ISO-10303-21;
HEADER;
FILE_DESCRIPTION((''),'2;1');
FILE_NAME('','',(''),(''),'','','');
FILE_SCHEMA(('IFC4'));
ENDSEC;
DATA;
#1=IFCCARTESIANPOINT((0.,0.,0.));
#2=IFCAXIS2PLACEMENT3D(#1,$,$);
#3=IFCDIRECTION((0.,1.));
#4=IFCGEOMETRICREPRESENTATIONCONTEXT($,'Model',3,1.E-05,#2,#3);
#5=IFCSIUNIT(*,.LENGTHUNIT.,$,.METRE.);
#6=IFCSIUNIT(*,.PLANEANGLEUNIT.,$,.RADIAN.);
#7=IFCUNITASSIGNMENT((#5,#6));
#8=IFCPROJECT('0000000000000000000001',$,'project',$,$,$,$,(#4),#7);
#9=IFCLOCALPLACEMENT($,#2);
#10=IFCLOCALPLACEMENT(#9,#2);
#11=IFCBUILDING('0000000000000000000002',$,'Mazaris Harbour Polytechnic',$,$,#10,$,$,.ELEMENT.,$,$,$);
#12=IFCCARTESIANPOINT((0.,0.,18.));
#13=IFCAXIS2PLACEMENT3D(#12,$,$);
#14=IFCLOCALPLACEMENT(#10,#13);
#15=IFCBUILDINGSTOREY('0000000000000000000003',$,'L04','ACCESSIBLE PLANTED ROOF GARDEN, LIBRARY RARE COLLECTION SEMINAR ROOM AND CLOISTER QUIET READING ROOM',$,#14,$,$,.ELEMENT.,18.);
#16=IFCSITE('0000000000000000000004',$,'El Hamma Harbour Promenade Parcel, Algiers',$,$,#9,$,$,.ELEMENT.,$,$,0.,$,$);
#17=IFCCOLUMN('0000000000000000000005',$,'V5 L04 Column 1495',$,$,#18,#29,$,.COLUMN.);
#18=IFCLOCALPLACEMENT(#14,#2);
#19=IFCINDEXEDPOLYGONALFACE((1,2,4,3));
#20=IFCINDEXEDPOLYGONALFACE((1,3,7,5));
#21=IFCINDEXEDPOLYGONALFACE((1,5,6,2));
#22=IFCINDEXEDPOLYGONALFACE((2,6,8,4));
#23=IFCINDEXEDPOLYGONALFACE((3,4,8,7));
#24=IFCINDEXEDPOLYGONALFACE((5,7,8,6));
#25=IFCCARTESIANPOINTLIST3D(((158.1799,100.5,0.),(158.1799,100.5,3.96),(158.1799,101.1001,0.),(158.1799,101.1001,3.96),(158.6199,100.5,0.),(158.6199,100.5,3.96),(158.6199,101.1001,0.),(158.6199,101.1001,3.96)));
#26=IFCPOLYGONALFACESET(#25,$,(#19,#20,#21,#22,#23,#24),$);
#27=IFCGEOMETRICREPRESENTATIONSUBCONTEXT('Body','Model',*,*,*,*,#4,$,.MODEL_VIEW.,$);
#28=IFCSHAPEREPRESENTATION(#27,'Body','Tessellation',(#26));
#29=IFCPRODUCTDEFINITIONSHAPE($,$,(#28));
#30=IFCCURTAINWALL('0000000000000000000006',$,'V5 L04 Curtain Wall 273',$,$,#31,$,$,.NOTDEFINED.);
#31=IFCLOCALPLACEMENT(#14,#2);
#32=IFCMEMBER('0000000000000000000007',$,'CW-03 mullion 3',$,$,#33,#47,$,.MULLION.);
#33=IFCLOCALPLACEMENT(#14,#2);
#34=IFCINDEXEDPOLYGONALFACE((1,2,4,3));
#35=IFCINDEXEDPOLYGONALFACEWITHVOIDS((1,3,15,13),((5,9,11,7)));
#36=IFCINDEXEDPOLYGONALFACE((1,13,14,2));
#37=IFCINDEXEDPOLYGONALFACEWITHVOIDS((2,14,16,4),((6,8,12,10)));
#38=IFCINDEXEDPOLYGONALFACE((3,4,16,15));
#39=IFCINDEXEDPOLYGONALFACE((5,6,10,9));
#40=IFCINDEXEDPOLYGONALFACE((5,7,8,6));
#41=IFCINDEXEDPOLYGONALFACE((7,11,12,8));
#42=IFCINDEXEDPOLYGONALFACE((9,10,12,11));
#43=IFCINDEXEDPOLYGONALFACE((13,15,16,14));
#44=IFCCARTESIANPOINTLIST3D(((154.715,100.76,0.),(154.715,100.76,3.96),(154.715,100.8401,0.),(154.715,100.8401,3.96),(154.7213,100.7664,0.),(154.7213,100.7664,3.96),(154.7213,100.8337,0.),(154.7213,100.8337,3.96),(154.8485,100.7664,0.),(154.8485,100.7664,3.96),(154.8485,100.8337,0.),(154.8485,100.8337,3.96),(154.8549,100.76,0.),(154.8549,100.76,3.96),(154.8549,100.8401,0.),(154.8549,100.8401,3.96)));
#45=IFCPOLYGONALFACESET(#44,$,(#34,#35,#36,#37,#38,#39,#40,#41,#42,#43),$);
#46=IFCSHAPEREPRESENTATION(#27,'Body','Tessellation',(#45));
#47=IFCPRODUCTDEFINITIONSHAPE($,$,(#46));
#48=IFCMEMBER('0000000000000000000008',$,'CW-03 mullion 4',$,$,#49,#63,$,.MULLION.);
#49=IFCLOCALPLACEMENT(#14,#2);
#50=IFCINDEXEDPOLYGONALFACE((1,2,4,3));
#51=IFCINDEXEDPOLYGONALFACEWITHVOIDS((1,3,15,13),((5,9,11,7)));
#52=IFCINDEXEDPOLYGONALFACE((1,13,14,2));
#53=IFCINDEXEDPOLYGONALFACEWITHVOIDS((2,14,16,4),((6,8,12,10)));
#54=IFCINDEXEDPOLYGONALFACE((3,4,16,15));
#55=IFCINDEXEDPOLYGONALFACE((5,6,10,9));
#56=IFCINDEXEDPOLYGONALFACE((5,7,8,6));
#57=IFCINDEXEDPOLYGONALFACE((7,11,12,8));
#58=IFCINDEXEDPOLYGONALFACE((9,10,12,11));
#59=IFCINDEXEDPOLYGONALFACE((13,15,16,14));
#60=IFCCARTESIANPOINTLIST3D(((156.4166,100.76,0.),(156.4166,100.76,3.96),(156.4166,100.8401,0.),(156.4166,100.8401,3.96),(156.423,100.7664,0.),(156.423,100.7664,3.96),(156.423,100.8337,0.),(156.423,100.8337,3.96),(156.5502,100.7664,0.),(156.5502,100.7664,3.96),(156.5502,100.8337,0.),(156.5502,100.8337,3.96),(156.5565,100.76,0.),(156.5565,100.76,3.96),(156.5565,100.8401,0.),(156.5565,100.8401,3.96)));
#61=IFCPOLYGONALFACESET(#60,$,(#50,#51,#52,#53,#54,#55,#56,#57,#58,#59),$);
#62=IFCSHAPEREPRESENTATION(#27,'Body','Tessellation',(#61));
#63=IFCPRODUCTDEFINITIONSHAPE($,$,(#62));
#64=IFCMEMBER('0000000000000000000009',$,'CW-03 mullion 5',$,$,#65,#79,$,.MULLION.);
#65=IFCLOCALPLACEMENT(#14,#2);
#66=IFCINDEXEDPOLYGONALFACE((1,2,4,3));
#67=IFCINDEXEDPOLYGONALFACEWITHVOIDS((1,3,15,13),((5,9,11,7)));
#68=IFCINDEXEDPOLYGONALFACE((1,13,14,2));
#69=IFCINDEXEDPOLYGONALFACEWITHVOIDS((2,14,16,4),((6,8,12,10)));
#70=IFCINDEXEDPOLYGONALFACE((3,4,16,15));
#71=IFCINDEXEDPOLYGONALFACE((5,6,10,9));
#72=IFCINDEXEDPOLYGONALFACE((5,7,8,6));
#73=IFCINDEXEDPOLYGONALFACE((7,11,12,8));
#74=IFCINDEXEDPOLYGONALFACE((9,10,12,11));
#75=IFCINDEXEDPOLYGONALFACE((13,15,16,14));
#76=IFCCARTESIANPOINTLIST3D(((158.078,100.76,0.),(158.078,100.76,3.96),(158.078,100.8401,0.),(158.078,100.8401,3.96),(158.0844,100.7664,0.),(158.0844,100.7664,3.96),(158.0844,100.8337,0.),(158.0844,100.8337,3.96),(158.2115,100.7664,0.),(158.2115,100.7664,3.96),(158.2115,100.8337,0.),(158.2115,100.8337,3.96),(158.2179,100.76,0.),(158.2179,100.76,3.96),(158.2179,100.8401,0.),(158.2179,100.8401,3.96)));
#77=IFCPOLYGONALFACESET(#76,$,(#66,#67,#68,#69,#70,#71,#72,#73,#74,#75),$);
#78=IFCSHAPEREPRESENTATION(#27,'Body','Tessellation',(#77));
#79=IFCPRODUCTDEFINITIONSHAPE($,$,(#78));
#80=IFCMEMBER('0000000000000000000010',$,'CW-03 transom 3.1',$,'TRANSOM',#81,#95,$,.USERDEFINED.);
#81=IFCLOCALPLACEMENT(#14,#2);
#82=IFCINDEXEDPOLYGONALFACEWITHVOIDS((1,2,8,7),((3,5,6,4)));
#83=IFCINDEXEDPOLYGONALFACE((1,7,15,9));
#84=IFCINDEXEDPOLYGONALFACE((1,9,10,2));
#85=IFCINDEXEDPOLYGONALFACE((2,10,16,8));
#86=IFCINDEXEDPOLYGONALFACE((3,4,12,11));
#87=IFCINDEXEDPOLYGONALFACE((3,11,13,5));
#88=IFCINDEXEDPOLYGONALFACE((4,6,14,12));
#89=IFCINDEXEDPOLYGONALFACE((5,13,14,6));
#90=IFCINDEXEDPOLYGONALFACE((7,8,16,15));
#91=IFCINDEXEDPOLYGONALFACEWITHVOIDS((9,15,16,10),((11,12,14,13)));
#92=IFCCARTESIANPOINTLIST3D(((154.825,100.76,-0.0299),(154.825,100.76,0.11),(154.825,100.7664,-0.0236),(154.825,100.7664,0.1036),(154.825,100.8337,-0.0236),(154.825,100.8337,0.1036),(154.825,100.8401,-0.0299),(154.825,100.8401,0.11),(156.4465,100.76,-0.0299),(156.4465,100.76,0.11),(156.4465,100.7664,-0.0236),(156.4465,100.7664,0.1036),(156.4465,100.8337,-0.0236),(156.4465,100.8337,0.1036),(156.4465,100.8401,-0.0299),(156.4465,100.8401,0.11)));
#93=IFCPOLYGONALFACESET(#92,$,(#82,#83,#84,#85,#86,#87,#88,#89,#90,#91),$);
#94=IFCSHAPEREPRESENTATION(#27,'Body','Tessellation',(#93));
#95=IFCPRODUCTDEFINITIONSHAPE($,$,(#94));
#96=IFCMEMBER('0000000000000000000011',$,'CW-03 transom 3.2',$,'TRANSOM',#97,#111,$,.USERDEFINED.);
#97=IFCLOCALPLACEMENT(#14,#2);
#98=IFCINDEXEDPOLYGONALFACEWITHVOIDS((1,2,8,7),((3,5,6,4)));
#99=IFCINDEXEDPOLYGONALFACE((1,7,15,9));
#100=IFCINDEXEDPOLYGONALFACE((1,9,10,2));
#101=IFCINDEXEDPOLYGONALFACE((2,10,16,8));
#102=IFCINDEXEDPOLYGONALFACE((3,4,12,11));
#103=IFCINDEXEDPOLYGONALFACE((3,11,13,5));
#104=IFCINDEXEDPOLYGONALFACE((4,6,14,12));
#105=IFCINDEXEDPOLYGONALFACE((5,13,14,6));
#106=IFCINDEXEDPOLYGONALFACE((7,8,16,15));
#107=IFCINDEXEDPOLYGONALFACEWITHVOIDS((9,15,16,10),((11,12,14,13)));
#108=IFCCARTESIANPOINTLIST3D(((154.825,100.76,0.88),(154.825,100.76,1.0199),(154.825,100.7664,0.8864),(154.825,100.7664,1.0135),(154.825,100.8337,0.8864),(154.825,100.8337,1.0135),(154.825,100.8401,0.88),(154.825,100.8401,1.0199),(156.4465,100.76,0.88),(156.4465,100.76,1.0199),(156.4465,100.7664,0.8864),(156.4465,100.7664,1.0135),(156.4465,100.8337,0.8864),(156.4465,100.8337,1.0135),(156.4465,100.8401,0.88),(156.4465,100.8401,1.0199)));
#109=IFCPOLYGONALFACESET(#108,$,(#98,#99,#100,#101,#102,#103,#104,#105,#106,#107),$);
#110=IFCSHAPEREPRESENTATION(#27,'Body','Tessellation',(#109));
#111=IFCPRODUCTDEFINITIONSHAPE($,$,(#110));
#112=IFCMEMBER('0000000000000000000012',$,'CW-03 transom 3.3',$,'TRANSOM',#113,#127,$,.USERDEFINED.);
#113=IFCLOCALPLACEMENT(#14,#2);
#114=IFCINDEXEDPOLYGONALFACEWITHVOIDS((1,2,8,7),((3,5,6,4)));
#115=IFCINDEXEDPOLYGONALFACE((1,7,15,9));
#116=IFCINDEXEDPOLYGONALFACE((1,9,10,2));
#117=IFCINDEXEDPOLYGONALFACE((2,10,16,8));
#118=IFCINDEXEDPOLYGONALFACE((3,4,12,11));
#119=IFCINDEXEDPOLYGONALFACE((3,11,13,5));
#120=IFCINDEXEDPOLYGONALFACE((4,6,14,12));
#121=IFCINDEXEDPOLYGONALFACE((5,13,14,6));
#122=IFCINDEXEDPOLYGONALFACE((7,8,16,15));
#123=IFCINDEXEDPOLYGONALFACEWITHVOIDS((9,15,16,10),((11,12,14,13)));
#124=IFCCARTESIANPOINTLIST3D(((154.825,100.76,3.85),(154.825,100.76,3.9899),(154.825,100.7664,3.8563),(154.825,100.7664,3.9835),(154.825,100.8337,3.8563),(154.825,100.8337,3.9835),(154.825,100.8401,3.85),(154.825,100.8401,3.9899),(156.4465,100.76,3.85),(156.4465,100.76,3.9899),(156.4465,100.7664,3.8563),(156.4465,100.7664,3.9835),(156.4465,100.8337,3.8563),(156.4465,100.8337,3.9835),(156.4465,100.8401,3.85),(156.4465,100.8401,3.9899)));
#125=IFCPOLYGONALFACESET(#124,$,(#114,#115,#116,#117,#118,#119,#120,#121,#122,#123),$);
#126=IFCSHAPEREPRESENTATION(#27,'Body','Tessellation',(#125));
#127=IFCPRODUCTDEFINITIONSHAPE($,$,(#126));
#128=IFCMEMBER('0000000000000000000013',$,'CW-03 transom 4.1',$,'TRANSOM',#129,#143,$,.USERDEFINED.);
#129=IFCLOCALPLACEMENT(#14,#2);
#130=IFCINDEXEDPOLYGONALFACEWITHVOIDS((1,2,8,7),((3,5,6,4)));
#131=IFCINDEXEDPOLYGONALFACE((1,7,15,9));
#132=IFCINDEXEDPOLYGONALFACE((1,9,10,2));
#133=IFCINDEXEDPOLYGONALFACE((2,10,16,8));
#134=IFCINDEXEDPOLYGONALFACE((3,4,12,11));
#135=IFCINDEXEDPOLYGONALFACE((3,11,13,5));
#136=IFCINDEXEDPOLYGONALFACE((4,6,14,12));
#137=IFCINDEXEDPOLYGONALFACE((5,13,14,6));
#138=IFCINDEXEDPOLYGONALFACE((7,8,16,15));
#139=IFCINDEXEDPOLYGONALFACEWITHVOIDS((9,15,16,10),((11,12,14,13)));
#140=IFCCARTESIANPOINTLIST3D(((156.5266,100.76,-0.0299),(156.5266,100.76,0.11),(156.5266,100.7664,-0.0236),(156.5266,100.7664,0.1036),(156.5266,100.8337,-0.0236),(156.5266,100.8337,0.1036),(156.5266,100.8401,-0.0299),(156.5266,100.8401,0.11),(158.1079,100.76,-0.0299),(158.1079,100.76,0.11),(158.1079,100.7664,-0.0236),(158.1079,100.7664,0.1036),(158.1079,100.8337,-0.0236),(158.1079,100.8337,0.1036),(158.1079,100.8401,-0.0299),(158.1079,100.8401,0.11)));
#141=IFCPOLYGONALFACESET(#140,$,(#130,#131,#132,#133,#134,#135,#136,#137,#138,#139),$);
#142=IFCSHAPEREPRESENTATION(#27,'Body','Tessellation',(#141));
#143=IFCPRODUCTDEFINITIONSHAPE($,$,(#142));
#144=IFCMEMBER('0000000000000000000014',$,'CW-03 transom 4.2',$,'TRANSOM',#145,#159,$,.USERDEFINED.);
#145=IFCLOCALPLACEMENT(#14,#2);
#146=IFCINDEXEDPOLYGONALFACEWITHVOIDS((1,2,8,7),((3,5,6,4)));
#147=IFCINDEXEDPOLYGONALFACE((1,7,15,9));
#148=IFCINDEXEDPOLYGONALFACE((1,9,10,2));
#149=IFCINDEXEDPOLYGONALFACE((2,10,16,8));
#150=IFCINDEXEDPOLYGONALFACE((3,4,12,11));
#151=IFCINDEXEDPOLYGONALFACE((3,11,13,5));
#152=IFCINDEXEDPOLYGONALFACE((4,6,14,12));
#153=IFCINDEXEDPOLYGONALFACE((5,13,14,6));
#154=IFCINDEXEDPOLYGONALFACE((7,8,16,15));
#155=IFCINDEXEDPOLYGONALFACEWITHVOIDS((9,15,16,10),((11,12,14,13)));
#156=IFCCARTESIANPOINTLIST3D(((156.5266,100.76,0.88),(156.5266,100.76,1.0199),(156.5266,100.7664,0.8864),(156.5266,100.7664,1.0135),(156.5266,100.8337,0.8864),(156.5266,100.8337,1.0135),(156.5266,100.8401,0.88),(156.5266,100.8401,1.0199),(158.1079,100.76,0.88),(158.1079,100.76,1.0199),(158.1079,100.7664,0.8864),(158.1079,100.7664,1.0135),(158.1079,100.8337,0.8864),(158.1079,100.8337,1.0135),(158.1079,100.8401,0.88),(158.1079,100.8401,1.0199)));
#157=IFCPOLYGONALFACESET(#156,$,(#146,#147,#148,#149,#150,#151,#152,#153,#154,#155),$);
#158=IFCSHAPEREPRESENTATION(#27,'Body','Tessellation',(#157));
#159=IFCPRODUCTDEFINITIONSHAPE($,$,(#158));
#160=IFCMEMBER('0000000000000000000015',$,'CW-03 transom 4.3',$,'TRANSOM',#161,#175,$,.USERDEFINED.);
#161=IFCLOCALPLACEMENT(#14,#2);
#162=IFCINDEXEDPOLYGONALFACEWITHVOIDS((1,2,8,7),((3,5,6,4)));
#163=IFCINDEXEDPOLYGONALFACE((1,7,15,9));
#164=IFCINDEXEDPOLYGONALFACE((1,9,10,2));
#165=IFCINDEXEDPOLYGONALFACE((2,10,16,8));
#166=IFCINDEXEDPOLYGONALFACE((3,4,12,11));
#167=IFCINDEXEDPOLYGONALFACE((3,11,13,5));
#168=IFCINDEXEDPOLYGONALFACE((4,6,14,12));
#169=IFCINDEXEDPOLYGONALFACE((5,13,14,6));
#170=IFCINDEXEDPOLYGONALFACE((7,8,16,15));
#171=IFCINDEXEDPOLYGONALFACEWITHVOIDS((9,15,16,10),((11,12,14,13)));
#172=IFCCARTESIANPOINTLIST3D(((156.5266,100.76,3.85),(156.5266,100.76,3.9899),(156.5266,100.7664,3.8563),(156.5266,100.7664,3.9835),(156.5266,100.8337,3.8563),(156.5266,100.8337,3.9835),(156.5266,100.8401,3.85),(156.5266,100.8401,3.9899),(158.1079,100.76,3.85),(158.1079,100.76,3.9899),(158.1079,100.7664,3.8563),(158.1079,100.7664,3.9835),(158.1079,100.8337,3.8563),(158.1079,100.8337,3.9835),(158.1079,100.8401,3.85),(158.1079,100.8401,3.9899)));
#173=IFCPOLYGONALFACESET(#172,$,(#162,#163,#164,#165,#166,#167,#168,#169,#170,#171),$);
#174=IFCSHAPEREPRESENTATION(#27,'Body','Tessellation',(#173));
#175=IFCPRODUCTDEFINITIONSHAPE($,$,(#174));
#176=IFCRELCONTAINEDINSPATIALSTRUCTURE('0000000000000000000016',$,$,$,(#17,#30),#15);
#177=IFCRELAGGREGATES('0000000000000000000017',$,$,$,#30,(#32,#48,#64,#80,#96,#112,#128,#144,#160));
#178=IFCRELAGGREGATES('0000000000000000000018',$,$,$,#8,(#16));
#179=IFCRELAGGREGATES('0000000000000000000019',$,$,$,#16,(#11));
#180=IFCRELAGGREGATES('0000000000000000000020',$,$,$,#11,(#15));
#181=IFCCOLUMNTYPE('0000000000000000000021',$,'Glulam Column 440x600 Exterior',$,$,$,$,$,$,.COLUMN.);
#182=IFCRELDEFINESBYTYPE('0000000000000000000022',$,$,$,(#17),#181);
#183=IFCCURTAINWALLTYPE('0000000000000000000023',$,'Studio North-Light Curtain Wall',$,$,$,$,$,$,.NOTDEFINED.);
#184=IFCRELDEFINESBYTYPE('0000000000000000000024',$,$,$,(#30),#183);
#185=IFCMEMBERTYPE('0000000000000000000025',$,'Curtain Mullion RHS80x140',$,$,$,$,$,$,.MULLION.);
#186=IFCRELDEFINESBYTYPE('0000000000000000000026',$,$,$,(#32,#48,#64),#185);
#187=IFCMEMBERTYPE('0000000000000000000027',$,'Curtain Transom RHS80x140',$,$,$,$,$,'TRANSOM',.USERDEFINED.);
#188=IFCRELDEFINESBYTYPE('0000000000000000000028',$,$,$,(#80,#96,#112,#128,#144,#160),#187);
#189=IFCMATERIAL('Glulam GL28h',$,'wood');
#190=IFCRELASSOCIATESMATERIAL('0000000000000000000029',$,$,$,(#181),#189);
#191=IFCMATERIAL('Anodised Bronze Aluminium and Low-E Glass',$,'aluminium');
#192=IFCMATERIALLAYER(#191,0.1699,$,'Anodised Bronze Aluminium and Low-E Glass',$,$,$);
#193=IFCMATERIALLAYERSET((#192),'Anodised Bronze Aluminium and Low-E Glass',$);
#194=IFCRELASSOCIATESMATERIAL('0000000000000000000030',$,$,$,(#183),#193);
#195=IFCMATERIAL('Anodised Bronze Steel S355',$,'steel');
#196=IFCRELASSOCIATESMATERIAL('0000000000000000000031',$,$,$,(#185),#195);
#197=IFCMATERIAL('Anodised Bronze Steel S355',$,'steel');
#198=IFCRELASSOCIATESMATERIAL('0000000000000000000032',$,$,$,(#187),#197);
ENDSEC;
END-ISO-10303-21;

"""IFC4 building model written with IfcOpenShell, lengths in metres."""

from ifc_helpers import new_model, si_unit, direction, frame, origin, origin_2d, place, context, subcontext, project, spatial, rectangle, hollow_rectangle, extrude, material, layer, layer_set, material_profile, profile_set, type_object, element, aggregate, save


model = new_model("IFC4")

# Units and contexts
model_context = context("Model", 3, precision=1e-05, world=origin(), true_north=direction((0.0, 1.0)))
body_context = subcontext(model_context, "Body", "Model", "MODEL_VIEW")
ifc_project = project(units=[si_unit("LENGTHUNIT", "METRE"), si_unit("PLANEANGLEUNIT", "RADIAN")], contexts=[model_context])

# Site, building, storey
site_placement = place(None, origin())
site = spatial("IfcSite", under=ifc_project, at=site_placement, Name="El Hamma Harbour Promenade Parcel, Algiers", CompositionType="ELEMENT", RefElevation=0.0)
building_placement = place(site_placement, origin())
building = spatial("IfcBuilding", under=site, at=building_placement, Name="Mazaris Harbour Polytechnic", CompositionType="ELEMENT")
storey_placement = place(building_placement, frame((0.0, 0.0, 18.0)))
storey = spatial("IfcBuildingStorey", under=building, at=storey_placement, Name="L04", Description="ACCESSIBLE PLANTED ROOF GARDEN, LIBRARY RARE COLLECTION SEMINAR ROOM AND CLOISTER QUIET READING ROOM", CompositionType="ELEMENT", Elevation=18.0)

# Column
ifc_material_1 = material(Name="Glulam GL28h", Category="wood")
ifc_material_profile_1 = material_profile(ifc_material_1, rectangle(XDim=0.4399, YDim=0.6001, at=origin_2d()), Name="RECT440x600")
ifc_profile_set_1 = profile_set([ifc_material_profile_1], Name="Glulam GL28h")
column_type = type_object("IfcColumnType", Name="Glulam Column 440x600 Exterior", PredefinedType="COLUMN", material=ifc_profile_set_1)
column_placement = place(storey_placement, frame((158.3999, 100.8, 0.0), z_axis=(0.0, 0.0, 1.0), x_axis=(1.0, 0.0, 0.0)))
element("IfcColumn", 1, at=column_placement, inside=storey, type_object=column_type, Name="V5 L04 Column 1495", PredefinedType="COLUMN", context=body_context, shape_type="SweptSolid", body=[
    extrude(rectangle(XDim=0.4399, YDim=0.6001, at=origin_2d()), origin(), (0.0, 0.0, 1.0), 3.96),
])

# Curtain wall, members
ifc_material_2 = material(Name="Anodised Bronze Aluminium and Low-E Glass", Category="aluminium")
ifc_layer_1 = layer(ifc_material_2, 0.1699, Name="Anodised Bronze Aluminium and Low-E Glass")
ifc_layer_set_1 = layer_set([ifc_layer_1], Name="Anodised Bronze Aluminium and Low-E Glass")
curtain_wall_type = type_object("IfcCurtainWallType", Name="Studio North-Light Curtain Wall", PredefinedType="NOTDEFINED", material=ifc_layer_set_1)
curtain_wall_placement = place(storey_placement, origin())
curtain_wall = element("IfcCurtainWall", 2, at=curtain_wall_placement, inside=storey, type_object=curtain_wall_type, Name="V5 L04 Curtain Wall 273", PredefinedType="NOTDEFINED")
ifc_material_3 = material(Name="Anodised Bronze Steel S355", Category="steel")
ifc_material_profile_2 = material_profile(ifc_material_3, hollow_rectangle(XDim=0.0801, YDim=0.1399, WallThickness=0.0063, at=origin_2d()), Name="RHS 80x140x6.3")
ifc_profile_set_2 = profile_set([ifc_material_profile_2], Name="Anodised Bronze Steel S355")
member_type_1 = type_object("IfcMemberType", Name="Curtain Mullion RHS80x140", PredefinedType="MULLION", material=ifc_profile_set_2)
member_1_placement = place(storey_placement, frame((154.7849, 100.8, 0.0), z_axis=(0.0, 0.0, 1.0), x_axis=(0.0, 1.0, 0.0)))
member_1 = element("IfcMember", 3, at=member_1_placement, type_object=member_type_1, Name="CW-03 mullion 3", PredefinedType="MULLION", context=body_context, shape_type="SweptSolid", body=[
    extrude(hollow_rectangle(XDim=0.0801, YDim=0.1399, WallThickness=0.0063, at=origin_2d()), origin(), (0.0, 0.0, 1.0), 3.96),
])
member_2_placement = place(storey_placement, frame((156.4866, 100.8, 0.0), z_axis=(0.0, 0.0, 1.0), x_axis=(0.0, 1.0, 0.0)))
member_2 = element("IfcMember", 4, at=member_2_placement, type_object=member_type_1, Name="CW-03 mullion 4", PredefinedType="MULLION", context=body_context, shape_type="SweptSolid", body=[
    extrude(hollow_rectangle(XDim=0.0801, YDim=0.1399, WallThickness=0.0063, at=origin_2d()), origin(), (0.0, 0.0, 1.0), 3.96),
])
member_3_placement = place(storey_placement, frame((158.1479, 100.8, 0.0), z_axis=(0.0, 0.0, 1.0), x_axis=(0.0, 1.0, 0.0)))
member_3 = element("IfcMember", 5, at=member_3_placement, type_object=member_type_1, Name="CW-03 mullion 5", PredefinedType="MULLION", context=body_context, shape_type="SweptSolid", body=[
    extrude(hollow_rectangle(XDim=0.0801, YDim=0.1399, WallThickness=0.0063, at=origin_2d()), origin(), (0.0, 0.0, 1.0), 3.96),
])
ifc_material_4 = material(Name="Anodised Bronze Steel S355", Category="steel")
ifc_material_profile_3 = material_profile(ifc_material_4, hollow_rectangle(XDim=0.0801, YDim=0.1399, WallThickness=0.0063, at=origin_2d()), Name="RHS 80x140x6.3")
ifc_profile_set_3 = profile_set([ifc_material_profile_3], Name="Anodised Bronze Steel S355")
member_type_2 = type_object("IfcMemberType", Name="Curtain Transom RHS80x140", ElementType="TRANSOM", PredefinedType="USERDEFINED", material=ifc_profile_set_3)
member_4_placement = place(storey_placement, frame((154.825, 100.8, 0.04), z_axis=(1.0, 0.0, 0.0), x_axis=(0.0, 1.0, 0.0)))
member_4 = element("IfcMember", 6, at=member_4_placement, type_object=member_type_2, Name="CW-03 transom 3.1", ObjectType="TRANSOM", PredefinedType="USERDEFINED", context=body_context, shape_type="SweptSolid", body=[
    extrude(hollow_rectangle(XDim=0.0801, YDim=0.1399, WallThickness=0.0063, at=origin_2d()), origin(), (0.0, 0.0, 1.0), 1.6216),
])
member_5_placement = place(storey_placement, frame((154.825, 100.8, 0.95), z_axis=(1.0, 0.0, 0.0), x_axis=(0.0, 1.0, 0.0)))
member_5 = element("IfcMember", 7, at=member_5_placement, type_object=member_type_2, Name="CW-03 transom 3.2", ObjectType="TRANSOM", PredefinedType="USERDEFINED", context=body_context, shape_type="SweptSolid", body=[
    extrude(hollow_rectangle(XDim=0.0801, YDim=0.1399, WallThickness=0.0063, at=origin_2d()), origin(), (0.0, 0.0, 1.0), 1.6216),
])
member_6_placement = place(storey_placement, frame((154.825, 100.8, 3.9199), z_axis=(1.0, 0.0, 0.0), x_axis=(0.0, 1.0, 0.0)))
member_6 = element("IfcMember", 8, at=member_6_placement, type_object=member_type_2, Name="CW-03 transom 3.3", ObjectType="TRANSOM", PredefinedType="USERDEFINED", context=body_context, shape_type="SweptSolid", body=[
    extrude(hollow_rectangle(XDim=0.0801, YDim=0.1399, WallThickness=0.0063, at=origin_2d()), origin(), (0.0, 0.0, 1.0), 1.6216),
])
member_7_placement = place(storey_placement, frame((156.5266, 100.8, 0.04), z_axis=(1.0, 0.0, 0.0), x_axis=(0.0, 1.0, 0.0)))
member_7 = element("IfcMember", 9, at=member_7_placement, type_object=member_type_2, Name="CW-03 transom 4.1", ObjectType="TRANSOM", PredefinedType="USERDEFINED", context=body_context, shape_type="SweptSolid", body=[
    extrude(hollow_rectangle(XDim=0.0801, YDim=0.1399, WallThickness=0.0063, at=origin_2d()), origin(), (0.0, 0.0, 1.0), 1.5813),
])
member_8_placement = place(storey_placement, frame((156.5266, 100.8, 0.95), z_axis=(1.0, 0.0, 0.0), x_axis=(0.0, 1.0, 0.0)))
member_8 = element("IfcMember", 10, at=member_8_placement, type_object=member_type_2, Name="CW-03 transom 4.2", ObjectType="TRANSOM", PredefinedType="USERDEFINED", context=body_context, shape_type="SweptSolid", body=[
    extrude(hollow_rectangle(XDim=0.0801, YDim=0.1399, WallThickness=0.0063, at=origin_2d()), origin(), (0.0, 0.0, 1.0), 1.5813),
])
member_9_placement = place(storey_placement, frame((156.5266, 100.8, 3.9199), z_axis=(1.0, 0.0, 0.0), x_axis=(0.0, 1.0, 0.0)))
member_9 = element("IfcMember", 11, at=member_9_placement, type_object=member_type_2, Name="CW-03 transom 4.3", ObjectType="TRANSOM", PredefinedType="USERDEFINED", context=body_context, shape_type="SweptSolid", body=[
    extrude(hollow_rectangle(XDim=0.0801, YDim=0.1399, WallThickness=0.0063, at=origin_2d()), origin(), (0.0, 0.0, 1.0), 1.5813),
])

aggregate(curtain_wall, [member_1, member_2, member_3, member_4, member_5, member_6, member_7, member_8, member_9])

save(model, "model.ifc")
